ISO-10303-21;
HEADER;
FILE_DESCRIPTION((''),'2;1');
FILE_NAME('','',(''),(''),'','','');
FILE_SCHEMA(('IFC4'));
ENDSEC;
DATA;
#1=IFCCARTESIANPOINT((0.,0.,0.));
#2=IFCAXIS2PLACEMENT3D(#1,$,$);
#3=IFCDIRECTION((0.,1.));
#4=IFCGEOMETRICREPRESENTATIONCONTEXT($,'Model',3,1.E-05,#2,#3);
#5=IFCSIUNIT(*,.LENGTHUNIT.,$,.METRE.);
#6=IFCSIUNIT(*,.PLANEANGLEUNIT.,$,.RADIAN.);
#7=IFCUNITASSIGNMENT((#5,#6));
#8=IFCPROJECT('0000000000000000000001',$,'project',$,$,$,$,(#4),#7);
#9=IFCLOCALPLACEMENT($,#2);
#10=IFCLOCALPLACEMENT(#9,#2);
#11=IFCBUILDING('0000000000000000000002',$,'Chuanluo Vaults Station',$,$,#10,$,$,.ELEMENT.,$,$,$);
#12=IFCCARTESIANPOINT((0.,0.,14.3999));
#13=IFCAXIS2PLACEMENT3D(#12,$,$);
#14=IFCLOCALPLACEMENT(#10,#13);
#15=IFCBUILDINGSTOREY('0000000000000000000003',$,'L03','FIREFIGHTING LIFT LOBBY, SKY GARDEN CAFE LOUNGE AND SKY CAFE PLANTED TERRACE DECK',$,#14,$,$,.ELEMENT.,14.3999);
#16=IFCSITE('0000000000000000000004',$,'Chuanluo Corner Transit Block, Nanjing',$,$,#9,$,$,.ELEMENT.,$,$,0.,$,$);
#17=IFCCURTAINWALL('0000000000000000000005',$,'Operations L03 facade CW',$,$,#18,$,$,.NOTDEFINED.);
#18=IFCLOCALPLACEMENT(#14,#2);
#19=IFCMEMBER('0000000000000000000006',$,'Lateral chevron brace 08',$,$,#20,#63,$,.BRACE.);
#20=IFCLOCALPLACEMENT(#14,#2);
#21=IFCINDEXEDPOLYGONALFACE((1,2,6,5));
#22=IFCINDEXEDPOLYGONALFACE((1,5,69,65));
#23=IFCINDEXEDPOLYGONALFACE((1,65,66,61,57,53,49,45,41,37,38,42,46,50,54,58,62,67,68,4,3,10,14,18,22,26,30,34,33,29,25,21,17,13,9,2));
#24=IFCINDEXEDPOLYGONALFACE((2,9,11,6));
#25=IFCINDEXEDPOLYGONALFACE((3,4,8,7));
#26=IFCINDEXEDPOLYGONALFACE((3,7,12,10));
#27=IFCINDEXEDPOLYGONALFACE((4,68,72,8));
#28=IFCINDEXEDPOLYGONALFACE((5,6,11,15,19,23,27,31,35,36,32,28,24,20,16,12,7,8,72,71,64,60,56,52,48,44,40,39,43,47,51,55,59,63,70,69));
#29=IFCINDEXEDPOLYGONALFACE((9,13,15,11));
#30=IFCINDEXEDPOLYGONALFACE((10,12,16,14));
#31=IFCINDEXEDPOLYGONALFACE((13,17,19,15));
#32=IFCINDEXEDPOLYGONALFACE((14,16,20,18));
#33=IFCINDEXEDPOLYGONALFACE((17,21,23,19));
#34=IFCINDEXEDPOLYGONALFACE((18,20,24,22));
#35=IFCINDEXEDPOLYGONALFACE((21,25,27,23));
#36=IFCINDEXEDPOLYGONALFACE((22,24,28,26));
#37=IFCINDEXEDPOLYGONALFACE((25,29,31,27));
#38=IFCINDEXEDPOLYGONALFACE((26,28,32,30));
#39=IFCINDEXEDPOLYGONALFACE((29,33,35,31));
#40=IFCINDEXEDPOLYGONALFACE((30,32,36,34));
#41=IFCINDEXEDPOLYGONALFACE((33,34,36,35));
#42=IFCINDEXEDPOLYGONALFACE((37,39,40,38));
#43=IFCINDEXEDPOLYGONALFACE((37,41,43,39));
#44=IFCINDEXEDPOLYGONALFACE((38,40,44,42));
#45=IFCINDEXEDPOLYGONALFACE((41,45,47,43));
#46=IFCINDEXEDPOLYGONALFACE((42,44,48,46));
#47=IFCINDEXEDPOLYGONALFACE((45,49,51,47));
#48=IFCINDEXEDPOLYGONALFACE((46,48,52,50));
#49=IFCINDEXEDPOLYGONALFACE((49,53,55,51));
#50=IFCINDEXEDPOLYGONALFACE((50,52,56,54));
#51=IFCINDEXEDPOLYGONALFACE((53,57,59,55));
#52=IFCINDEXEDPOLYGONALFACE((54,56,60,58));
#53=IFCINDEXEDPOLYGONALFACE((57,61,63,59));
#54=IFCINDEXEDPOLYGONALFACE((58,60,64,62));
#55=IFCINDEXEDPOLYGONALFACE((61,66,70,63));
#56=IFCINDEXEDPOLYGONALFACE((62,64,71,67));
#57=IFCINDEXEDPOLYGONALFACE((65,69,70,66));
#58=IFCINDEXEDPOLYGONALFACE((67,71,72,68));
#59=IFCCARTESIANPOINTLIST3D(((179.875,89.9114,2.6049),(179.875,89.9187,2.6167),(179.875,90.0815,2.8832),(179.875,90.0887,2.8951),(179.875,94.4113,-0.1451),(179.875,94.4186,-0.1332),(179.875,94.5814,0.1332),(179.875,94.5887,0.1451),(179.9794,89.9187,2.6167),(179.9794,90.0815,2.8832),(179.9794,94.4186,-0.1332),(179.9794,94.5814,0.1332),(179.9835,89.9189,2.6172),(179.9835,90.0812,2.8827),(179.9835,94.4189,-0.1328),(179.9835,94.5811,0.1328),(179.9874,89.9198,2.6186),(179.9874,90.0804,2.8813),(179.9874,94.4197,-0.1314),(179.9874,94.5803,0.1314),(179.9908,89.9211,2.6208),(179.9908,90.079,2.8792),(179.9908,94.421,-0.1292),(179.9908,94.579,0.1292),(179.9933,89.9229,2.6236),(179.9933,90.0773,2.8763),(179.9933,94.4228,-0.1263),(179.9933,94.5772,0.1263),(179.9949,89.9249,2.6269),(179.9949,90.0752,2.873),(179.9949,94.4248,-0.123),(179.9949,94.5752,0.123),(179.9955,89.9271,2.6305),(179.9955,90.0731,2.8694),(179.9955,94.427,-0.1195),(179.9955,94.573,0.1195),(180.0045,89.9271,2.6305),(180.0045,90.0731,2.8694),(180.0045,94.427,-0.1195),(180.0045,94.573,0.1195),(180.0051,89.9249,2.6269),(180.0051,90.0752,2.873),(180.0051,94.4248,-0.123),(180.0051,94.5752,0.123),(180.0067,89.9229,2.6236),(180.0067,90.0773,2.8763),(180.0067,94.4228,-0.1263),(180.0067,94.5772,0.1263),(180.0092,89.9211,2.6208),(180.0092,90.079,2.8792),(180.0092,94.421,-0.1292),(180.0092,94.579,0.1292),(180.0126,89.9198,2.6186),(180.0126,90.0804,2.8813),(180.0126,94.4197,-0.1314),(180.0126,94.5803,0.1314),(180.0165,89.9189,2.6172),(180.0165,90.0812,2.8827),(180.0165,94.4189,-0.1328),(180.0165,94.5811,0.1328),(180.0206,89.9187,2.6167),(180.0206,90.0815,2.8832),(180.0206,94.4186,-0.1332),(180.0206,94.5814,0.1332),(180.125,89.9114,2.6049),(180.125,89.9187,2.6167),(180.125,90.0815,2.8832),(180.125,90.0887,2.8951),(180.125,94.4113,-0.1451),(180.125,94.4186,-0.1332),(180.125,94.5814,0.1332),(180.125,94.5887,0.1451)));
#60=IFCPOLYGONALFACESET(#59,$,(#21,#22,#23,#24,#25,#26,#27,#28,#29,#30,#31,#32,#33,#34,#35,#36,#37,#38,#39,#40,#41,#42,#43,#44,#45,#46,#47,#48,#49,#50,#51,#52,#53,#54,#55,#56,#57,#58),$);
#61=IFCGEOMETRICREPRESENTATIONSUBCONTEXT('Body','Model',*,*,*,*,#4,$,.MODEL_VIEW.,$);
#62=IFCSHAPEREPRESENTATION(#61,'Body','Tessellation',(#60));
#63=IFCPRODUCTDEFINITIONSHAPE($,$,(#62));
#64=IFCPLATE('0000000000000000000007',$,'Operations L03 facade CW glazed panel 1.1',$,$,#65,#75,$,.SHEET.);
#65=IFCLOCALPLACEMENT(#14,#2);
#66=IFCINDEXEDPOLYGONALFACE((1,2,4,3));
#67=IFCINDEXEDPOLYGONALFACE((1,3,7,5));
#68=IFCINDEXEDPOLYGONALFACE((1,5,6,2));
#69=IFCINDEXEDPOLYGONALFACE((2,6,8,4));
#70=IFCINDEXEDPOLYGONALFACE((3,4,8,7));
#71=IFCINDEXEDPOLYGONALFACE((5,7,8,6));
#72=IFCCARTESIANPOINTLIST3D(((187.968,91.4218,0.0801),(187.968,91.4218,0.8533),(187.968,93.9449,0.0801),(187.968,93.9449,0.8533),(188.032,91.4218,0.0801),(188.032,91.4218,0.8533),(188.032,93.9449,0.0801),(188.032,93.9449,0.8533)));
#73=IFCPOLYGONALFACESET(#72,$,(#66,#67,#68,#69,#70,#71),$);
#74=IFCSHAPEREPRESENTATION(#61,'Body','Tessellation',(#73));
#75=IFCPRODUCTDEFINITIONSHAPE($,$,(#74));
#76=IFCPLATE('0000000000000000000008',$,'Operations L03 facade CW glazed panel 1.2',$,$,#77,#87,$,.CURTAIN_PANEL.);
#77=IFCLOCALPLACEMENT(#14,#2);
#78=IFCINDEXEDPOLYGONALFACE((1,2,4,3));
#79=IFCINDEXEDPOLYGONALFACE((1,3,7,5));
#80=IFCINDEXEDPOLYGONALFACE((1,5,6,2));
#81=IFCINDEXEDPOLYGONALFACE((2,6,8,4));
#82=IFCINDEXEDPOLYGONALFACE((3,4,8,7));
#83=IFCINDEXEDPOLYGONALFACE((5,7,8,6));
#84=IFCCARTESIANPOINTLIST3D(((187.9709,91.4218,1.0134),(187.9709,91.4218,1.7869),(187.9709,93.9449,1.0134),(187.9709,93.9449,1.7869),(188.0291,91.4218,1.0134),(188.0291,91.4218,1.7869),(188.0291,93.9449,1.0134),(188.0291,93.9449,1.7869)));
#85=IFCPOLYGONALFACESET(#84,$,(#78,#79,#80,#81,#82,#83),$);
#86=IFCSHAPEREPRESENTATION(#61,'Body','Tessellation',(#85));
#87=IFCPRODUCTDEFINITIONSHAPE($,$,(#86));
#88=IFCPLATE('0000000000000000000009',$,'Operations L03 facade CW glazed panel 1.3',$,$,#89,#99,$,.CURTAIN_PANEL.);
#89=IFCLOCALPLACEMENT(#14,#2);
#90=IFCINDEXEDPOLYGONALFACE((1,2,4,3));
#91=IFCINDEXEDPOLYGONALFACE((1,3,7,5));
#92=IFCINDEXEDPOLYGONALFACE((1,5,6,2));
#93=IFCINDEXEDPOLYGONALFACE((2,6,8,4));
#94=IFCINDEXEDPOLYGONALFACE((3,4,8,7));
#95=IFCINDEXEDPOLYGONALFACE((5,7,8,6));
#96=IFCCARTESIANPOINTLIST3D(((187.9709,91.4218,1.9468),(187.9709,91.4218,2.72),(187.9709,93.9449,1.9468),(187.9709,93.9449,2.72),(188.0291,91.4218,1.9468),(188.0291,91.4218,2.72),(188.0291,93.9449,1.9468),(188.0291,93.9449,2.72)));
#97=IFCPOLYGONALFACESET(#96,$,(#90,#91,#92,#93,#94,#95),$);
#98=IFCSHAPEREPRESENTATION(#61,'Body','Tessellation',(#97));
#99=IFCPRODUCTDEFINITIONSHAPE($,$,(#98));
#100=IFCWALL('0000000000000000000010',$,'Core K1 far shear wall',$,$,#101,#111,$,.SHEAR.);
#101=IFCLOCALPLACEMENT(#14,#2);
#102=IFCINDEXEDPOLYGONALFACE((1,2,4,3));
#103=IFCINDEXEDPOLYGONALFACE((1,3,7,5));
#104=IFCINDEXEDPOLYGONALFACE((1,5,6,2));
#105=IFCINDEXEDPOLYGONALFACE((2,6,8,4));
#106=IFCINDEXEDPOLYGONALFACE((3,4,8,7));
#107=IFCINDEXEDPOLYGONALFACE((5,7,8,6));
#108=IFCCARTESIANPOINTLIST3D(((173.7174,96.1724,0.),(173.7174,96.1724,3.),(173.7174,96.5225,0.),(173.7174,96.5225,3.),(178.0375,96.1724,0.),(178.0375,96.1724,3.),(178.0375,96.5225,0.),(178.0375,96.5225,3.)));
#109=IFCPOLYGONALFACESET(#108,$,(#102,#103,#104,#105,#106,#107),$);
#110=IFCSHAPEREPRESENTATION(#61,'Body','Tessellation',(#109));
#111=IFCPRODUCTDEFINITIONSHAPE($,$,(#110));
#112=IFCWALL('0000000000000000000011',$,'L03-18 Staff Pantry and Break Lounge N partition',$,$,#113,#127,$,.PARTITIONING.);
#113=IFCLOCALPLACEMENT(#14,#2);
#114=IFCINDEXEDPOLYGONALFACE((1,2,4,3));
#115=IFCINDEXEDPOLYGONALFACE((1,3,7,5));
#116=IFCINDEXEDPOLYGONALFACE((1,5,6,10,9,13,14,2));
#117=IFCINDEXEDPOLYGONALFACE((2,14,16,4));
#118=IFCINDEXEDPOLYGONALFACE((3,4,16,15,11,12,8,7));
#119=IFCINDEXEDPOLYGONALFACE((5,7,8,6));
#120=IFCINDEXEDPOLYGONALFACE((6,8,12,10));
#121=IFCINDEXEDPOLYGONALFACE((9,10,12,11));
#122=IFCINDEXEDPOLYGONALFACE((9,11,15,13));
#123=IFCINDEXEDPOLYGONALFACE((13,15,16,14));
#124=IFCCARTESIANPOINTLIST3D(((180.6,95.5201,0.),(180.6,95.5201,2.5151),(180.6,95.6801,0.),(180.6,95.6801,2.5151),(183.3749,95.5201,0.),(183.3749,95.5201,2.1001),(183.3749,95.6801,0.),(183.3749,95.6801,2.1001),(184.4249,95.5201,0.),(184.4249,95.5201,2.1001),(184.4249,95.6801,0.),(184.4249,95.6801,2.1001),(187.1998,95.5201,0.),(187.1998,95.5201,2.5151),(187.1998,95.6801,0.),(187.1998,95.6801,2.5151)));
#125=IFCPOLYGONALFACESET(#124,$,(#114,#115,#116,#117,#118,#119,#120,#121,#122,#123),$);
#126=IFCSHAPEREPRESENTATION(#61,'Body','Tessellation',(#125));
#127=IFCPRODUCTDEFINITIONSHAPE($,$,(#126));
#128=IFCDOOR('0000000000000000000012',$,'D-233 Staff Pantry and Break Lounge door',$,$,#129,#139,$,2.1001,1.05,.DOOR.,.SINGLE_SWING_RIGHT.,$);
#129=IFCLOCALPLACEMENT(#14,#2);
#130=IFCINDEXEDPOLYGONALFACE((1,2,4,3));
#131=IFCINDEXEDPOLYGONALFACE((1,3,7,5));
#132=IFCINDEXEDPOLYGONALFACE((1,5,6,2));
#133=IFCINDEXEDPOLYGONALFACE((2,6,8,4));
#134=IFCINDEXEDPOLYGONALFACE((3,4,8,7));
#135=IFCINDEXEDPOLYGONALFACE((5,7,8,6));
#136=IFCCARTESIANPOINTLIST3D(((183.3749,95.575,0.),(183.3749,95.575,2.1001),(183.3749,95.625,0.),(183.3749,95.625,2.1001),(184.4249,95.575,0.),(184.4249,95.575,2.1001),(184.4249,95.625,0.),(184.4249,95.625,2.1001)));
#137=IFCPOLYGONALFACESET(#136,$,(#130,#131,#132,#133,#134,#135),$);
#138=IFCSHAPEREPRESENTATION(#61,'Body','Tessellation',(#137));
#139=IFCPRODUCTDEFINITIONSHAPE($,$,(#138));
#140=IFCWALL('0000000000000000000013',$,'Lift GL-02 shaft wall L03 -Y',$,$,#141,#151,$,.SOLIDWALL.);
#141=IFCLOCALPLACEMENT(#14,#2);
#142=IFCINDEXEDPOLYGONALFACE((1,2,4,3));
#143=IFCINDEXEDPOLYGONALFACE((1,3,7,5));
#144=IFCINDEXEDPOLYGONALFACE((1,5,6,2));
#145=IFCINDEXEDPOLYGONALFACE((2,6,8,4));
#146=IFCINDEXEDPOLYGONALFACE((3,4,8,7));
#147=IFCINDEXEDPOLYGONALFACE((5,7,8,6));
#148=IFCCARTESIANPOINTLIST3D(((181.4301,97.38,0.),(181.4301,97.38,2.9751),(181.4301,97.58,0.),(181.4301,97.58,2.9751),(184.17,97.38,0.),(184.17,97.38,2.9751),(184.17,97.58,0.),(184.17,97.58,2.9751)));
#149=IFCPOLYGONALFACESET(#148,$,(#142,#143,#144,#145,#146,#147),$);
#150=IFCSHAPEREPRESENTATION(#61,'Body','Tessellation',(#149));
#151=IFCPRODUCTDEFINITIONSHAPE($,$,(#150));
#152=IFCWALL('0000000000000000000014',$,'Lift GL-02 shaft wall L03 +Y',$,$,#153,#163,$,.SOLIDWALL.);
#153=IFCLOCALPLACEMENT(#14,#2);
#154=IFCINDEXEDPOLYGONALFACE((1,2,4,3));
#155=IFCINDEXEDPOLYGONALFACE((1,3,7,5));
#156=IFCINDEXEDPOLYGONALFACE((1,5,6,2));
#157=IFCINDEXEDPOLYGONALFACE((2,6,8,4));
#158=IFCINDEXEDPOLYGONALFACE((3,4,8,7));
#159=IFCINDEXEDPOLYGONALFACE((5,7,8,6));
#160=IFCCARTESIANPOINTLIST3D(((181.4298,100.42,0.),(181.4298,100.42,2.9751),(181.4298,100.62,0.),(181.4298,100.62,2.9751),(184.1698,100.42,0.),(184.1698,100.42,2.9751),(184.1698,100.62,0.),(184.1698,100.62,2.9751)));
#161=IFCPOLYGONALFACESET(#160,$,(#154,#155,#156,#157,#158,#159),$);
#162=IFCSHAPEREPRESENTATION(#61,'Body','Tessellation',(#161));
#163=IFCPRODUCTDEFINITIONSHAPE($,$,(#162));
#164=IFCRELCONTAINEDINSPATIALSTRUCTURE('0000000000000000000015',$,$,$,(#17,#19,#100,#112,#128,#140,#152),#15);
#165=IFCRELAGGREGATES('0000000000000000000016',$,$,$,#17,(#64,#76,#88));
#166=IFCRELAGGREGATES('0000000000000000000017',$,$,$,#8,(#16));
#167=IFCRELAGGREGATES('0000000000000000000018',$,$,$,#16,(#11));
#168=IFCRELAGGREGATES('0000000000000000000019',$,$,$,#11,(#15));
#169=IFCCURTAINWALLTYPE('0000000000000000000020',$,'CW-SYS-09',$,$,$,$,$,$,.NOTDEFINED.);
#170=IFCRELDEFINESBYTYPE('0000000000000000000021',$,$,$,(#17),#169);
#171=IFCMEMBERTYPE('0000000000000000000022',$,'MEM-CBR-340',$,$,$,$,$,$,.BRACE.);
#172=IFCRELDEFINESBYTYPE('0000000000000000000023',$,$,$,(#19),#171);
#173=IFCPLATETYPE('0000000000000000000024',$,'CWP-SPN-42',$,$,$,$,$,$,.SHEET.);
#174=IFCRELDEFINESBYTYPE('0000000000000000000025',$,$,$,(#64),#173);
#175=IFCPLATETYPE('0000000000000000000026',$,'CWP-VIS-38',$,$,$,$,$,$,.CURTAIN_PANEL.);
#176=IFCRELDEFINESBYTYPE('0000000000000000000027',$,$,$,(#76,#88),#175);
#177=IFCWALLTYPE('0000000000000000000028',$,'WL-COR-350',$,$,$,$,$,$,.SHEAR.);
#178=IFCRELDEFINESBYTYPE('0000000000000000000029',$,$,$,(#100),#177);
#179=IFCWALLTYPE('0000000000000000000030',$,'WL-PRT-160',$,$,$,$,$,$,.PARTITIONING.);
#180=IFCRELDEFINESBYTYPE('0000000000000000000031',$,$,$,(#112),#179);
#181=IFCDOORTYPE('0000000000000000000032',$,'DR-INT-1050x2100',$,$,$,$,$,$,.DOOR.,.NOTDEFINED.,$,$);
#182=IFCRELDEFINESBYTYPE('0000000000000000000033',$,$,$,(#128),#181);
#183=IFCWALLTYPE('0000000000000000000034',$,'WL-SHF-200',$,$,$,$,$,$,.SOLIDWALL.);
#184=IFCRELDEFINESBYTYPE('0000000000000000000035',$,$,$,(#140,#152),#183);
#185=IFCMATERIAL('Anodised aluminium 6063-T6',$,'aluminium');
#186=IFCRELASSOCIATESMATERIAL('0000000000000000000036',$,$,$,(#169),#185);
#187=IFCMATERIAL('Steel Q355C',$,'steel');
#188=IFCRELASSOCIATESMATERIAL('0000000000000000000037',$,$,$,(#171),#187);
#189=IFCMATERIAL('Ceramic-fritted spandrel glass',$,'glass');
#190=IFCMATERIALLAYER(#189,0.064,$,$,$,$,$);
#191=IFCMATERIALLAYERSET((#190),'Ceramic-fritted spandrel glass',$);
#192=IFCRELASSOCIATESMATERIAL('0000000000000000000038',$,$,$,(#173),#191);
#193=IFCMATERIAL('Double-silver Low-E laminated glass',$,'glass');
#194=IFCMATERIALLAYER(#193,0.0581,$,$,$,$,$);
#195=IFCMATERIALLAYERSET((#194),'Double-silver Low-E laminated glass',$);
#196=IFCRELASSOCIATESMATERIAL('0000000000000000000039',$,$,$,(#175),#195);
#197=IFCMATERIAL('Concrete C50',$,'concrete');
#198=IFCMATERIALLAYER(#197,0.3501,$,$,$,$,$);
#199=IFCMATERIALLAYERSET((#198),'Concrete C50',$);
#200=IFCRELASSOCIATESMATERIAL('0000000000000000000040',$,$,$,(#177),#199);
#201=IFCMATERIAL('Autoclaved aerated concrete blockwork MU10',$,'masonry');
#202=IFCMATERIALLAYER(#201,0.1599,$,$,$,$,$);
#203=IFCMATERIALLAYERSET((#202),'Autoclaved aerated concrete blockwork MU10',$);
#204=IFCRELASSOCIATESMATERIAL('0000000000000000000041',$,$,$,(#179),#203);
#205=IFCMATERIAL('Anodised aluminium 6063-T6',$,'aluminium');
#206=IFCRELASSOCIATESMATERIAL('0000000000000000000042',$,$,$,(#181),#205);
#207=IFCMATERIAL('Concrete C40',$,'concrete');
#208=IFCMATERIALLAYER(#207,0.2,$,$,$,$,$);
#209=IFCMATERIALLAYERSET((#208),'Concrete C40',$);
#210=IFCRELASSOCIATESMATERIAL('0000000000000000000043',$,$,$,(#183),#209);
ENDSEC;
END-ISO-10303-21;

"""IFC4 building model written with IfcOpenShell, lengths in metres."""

from ifc_helpers import new_model, si_unit, direction, frame, frame_2d, origin, origin_2d, place, context, subcontext, project, spatial, rectangle, i_section, extrude, material, layer, layer_set, material_profile, profile_set, type_object, element, fill, aggregate, save


model = new_model("IFC4")

# Units and contexts
model_context = context("Model", 3, precision=1e-05, world=origin(), true_north=direction((0.0, 1.0)))
body_context = subcontext(model_context, "Body", "Model", "MODEL_VIEW")
ifc_project = project(units=[si_unit("LENGTHUNIT", "METRE"), si_unit("PLANEANGLEUNIT", "RADIAN")], contexts=[model_context])

# Site, building, storey
site_placement = place(None, origin())
site = spatial("IfcSite", under=ifc_project, at=site_placement, Name="Chuanluo Corner Transit Block, Nanjing", CompositionType="ELEMENT", RefElevation=0.0)
building_placement = place(site_placement, origin())
building = spatial("IfcBuilding", under=site, at=building_placement, Name="Chuanluo Vaults Station", CompositionType="ELEMENT")
storey_placement = place(building_placement, frame((0.0, 0.0, 14.3999)))
storey = spatial("IfcBuildingStorey", under=building, at=storey_placement, Name="L03", Description="FIREFIGHTING LIFT LOBBY, SKY GARDEN CAFE LOUNGE AND SKY CAFE PLANTED TERRACE DECK", CompositionType="ELEMENT", Elevation=14.3999)

# Curtain wall
ifc_material_1 = material(Name="Anodised aluminium 6063-T6", Category="aluminium")
curtain_wall_type = type_object("IfcCurtainWallType", Name="CW-SYS-09", PredefinedType="NOTDEFINED", material=ifc_material_1)
curtain_wall_placement = place(storey_placement, origin())
curtain_wall = element("IfcCurtainWall", 1, at=curtain_wall_placement, inside=storey, type_object=curtain_wall_type, Name="Operations L03 facade CW", PredefinedType="NOTDEFINED")

# Member
ifc_material_2 = material(Name="Steel Q355C", Category="steel")
ifc_material_profile_1 = material_profile(ifc_material_2, i_section(OverallWidth=0.25, OverallDepth=0.3401, WebThickness=0.009, FlangeThickness=0.0139, FilletRadius=0.0161, at=origin_2d()))
ifc_profile_set_1 = profile_set([ifc_material_profile_1], Name="Steel Q355C")
member_type_1 = type_object("IfcMemberType", Name="MEM-CBR-340", PredefinedType="BRACE", material=ifc_profile_set_1)
member_1_placement = place(storey_placement, frame((180.0, 94.5, 0.0), z_axis=(0.0, -0.853282, 0.52145), x_axis=(1.0, 0.0, 0.0)))
element("IfcMember", 2, at=member_1_placement, inside=storey, type_object=member_type_1, Name="Lateral chevron brace 08", PredefinedType="BRACE", context=body_context, shape_type="SweptSolid", body=[
    extrude(i_section(OverallWidth=0.25, OverallDepth=0.3401, WebThickness=0.009, FlangeThickness=0.0139, FilletRadius=0.0161, at=origin_2d()), origin(), (0.0, 0.0, 1.0), 5.2737),
])

# Plates
ifc_material_3 = material(Name="Ceramic-fritted spandrel glass", Category="glass")
ifc_layer_1 = layer(ifc_material_3, 0.064)
ifc_layer_set_1 = layer_set([ifc_layer_1], Name="Ceramic-fritted spandrel glass")
plate_type_1 = type_object("IfcPlateType", Name="CWP-SPN-42", PredefinedType="SHEET", material=ifc_layer_set_1)
plate_1_placement = place(storey_placement, frame((188.0, 92.6833, 0.0801), z_axis=(0.0, 0.0, 1.0), x_axis=(0.0, -1.0, 0.0)))
plate_1 = element("IfcPlate", 3, at=plate_1_placement, type_object=plate_type_1, Name="Operations L03 facade CW glazed panel 1.1", PredefinedType="SHEET", context=body_context, shape_type="SweptSolid", body=[
    extrude(rectangle(XDim=2.5232, YDim=0.064, at=origin_2d()), origin(), (0.0, 0.0, 1.0), 0.7732),
])
ifc_material_4 = material(Name="Double-silver Low-E laminated glass", Category="glass")
ifc_layer_2 = layer(ifc_material_4, 0.0581)
ifc_layer_set_2 = layer_set([ifc_layer_2], Name="Double-silver Low-E laminated glass")
plate_type_2 = type_object("IfcPlateType", Name="CWP-VIS-38", PredefinedType="CURTAIN_PANEL", material=ifc_layer_set_2)
plate_2_placement = place(storey_placement, frame((188.0, 92.6833, 1.0134), z_axis=(0.0, 0.0, 1.0), x_axis=(0.0, -1.0, 0.0)))
plate_2 = element("IfcPlate", 4, at=plate_2_placement, type_object=plate_type_2, Name="Operations L03 facade CW glazed panel 1.2", PredefinedType="CURTAIN_PANEL", context=body_context, shape_type="SweptSolid", body=[
    extrude(rectangle(XDim=2.5232, YDim=0.0581, at=origin_2d()), origin(), (0.0, 0.0, 1.0), 0.7734),
])
plate_3_placement = place(storey_placement, frame((188.0, 92.6833, 1.9468), z_axis=(0.0, 0.0, 1.0), x_axis=(0.0, -1.0, 0.0)))
plate_3 = element("IfcPlate", 5, at=plate_3_placement, type_object=plate_type_2, Name="Operations L03 facade CW glazed panel 1.3", PredefinedType="CURTAIN_PANEL", context=body_context, shape_type="SweptSolid", body=[
    extrude(rectangle(XDim=2.5232, YDim=0.0581, at=origin_2d()), origin(), (0.0, 0.0, 1.0), 0.7732),
])
aggregate(curtain_wall, [plate_1, plate_2, plate_3])

# Wall
ifc_material_5 = material(Name="Concrete C50", Category="concrete")
ifc_layer_3 = layer(ifc_material_5, 0.3501)
ifc_layer_set_3 = layer_set([ifc_layer_3], Name="Concrete C50")
wall_type_1 = type_object("IfcWallType", Name="WL-COR-350", PredefinedType="SHEAR", material=ifc_layer_set_3)
wall_1_placement = place(storey_placement, frame((178.0376, 96.3474, 0.0), z_axis=(0.0, 0.0, 1.0), x_axis=(-1.0, 0.0, 0.0)))
element("IfcWall", 6, at=wall_1_placement, inside=storey, type_object=wall_type_1, Name="Core K1 far shear wall", PredefinedType="SHEAR", context=body_context, shape_type="SweptSolid", body=[
    extrude(rectangle(XDim=4.3201, YDim=0.3501, at=frame_2d((2.1602, 0.0))), origin(), (0.0, 0.0, 1.0), 3.0),
])

# Wall, opening, door
ifc_material_6 = material(Name="Autoclaved aerated concrete blockwork MU10", Category="masonry")
ifc_layer_4 = layer(ifc_material_6, 0.1599)
ifc_layer_set_4 = layer_set([ifc_layer_4], Name="Autoclaved aerated concrete blockwork MU10")
wall_type_2 = type_object("IfcWallType", Name="WL-PRT-160", PredefinedType="PARTITIONING", material=ifc_layer_set_4)
wall_2_placement = place(storey_placement, frame((180.6001, 95.6001, 0.0), z_axis=(0.0, 0.0, 1.0), x_axis=(1.0, 0.0, 0.0)))
wall_2 = element("IfcWall", 7, at=wall_2_placement, inside=storey, type_object=wall_type_2, Name="L03-18 Staff Pantry and Break Lounge N partition", PredefinedType="PARTITIONING", context=body_context, shape_type="SweptSolid", body=[
    extrude(rectangle(XDim=6.5999, YDim=0.1599, at=frame_2d((3.2998, 0.0))), origin(), (0.0, 0.0, 1.0), 2.5151),
])
opening_1_placement = place(wall_2_placement, frame((2.7749, 0.0, 0.0)))
opening_1 = element("IfcOpeningElement", 8, at=opening_1_placement, cuts=wall_2, PredefinedType="OPENING", context=body_context, shape_type="SweptSolid", body=[
    extrude(rectangle(XDim=1.05, YDim=2.1001, at=frame_2d((0.5249, 1.05))), frame((0.0, 0.0901, 0.0), z_axis=(0.0, -1.0, 0.0), x_axis=(1.0, 0.0, 0.0)), (0.0, 0.0, 1.0), 0.1799),
])
ifc_material_7 = material(Name="Anodised aluminium 6063-T6", Category="aluminium")
door_type_1 = type_object("IfcDoorType", Name="DR-INT-1050x2100", OperationType="NOTDEFINED", PredefinedType="DOOR", material=ifc_material_7)
door_1_placement = place(opening_1_placement, origin())
door_1 = element("IfcDoor", 9, at=door_1_placement, inside=storey, type_object=door_type_1, Name="D-233 Staff Pantry and Break Lounge door", OperationType="SINGLE_SWING_RIGHT", OverallHeight=2.1001, OverallWidth=1.05, PredefinedType="DOOR", context=body_context, shape_type="SweptSolid", body=[
    extrude(rectangle(XDim=1.05, YDim=2.1001, at=frame_2d((0.5249, 1.05))), frame((0.0, 0.0249, 0.0), z_axis=(0.0, -1.0, 0.0), x_axis=(1.0, 0.0, 0.0)), (0.0, 0.0, 1.0), 0.05),
])
fill(opening_1, door_1)

# Walls
ifc_material_8 = material(Name="Concrete C40", Category="concrete")
ifc_layer_5 = layer(ifc_material_8, 0.2)
ifc_layer_set_5 = layer_set([ifc_layer_5], Name="Concrete C40")
wall_type_3 = type_object("IfcWallType", Name="WL-SHF-200", PredefinedType="SOLIDWALL", material=ifc_layer_set_5)
for number, where, z_axis, x_axis, name in (
    (10, (181.4299, 97.48, 0.0), (0.0, 0.0, 1.0), (1.0, 0.0, 0.0), "Lift GL-02 shaft wall L03 -Y"),
    (11, (184.1699, 100.52, 0.0), (0.0, 0.0, 1.0), (-1.0, 0.0, 0.0), "Lift GL-02 shaft wall L03 +Y"),
):
    element("IfcWall", number, at=place(storey_placement, frame(where, z_axis=z_axis, x_axis=x_axis)), inside=storey, type_object=wall_type_3, Name=name, PredefinedType="SOLIDWALL", context=body_context, shape_type="SweptSolid", body=[
        extrude(rectangle(XDim=2.74, YDim=0.2, at=frame_2d((1.3701, 0.0))), origin(), (0.0, 0.0, 1.0), 2.9751),
    ])

save(model, "model.ifc")
